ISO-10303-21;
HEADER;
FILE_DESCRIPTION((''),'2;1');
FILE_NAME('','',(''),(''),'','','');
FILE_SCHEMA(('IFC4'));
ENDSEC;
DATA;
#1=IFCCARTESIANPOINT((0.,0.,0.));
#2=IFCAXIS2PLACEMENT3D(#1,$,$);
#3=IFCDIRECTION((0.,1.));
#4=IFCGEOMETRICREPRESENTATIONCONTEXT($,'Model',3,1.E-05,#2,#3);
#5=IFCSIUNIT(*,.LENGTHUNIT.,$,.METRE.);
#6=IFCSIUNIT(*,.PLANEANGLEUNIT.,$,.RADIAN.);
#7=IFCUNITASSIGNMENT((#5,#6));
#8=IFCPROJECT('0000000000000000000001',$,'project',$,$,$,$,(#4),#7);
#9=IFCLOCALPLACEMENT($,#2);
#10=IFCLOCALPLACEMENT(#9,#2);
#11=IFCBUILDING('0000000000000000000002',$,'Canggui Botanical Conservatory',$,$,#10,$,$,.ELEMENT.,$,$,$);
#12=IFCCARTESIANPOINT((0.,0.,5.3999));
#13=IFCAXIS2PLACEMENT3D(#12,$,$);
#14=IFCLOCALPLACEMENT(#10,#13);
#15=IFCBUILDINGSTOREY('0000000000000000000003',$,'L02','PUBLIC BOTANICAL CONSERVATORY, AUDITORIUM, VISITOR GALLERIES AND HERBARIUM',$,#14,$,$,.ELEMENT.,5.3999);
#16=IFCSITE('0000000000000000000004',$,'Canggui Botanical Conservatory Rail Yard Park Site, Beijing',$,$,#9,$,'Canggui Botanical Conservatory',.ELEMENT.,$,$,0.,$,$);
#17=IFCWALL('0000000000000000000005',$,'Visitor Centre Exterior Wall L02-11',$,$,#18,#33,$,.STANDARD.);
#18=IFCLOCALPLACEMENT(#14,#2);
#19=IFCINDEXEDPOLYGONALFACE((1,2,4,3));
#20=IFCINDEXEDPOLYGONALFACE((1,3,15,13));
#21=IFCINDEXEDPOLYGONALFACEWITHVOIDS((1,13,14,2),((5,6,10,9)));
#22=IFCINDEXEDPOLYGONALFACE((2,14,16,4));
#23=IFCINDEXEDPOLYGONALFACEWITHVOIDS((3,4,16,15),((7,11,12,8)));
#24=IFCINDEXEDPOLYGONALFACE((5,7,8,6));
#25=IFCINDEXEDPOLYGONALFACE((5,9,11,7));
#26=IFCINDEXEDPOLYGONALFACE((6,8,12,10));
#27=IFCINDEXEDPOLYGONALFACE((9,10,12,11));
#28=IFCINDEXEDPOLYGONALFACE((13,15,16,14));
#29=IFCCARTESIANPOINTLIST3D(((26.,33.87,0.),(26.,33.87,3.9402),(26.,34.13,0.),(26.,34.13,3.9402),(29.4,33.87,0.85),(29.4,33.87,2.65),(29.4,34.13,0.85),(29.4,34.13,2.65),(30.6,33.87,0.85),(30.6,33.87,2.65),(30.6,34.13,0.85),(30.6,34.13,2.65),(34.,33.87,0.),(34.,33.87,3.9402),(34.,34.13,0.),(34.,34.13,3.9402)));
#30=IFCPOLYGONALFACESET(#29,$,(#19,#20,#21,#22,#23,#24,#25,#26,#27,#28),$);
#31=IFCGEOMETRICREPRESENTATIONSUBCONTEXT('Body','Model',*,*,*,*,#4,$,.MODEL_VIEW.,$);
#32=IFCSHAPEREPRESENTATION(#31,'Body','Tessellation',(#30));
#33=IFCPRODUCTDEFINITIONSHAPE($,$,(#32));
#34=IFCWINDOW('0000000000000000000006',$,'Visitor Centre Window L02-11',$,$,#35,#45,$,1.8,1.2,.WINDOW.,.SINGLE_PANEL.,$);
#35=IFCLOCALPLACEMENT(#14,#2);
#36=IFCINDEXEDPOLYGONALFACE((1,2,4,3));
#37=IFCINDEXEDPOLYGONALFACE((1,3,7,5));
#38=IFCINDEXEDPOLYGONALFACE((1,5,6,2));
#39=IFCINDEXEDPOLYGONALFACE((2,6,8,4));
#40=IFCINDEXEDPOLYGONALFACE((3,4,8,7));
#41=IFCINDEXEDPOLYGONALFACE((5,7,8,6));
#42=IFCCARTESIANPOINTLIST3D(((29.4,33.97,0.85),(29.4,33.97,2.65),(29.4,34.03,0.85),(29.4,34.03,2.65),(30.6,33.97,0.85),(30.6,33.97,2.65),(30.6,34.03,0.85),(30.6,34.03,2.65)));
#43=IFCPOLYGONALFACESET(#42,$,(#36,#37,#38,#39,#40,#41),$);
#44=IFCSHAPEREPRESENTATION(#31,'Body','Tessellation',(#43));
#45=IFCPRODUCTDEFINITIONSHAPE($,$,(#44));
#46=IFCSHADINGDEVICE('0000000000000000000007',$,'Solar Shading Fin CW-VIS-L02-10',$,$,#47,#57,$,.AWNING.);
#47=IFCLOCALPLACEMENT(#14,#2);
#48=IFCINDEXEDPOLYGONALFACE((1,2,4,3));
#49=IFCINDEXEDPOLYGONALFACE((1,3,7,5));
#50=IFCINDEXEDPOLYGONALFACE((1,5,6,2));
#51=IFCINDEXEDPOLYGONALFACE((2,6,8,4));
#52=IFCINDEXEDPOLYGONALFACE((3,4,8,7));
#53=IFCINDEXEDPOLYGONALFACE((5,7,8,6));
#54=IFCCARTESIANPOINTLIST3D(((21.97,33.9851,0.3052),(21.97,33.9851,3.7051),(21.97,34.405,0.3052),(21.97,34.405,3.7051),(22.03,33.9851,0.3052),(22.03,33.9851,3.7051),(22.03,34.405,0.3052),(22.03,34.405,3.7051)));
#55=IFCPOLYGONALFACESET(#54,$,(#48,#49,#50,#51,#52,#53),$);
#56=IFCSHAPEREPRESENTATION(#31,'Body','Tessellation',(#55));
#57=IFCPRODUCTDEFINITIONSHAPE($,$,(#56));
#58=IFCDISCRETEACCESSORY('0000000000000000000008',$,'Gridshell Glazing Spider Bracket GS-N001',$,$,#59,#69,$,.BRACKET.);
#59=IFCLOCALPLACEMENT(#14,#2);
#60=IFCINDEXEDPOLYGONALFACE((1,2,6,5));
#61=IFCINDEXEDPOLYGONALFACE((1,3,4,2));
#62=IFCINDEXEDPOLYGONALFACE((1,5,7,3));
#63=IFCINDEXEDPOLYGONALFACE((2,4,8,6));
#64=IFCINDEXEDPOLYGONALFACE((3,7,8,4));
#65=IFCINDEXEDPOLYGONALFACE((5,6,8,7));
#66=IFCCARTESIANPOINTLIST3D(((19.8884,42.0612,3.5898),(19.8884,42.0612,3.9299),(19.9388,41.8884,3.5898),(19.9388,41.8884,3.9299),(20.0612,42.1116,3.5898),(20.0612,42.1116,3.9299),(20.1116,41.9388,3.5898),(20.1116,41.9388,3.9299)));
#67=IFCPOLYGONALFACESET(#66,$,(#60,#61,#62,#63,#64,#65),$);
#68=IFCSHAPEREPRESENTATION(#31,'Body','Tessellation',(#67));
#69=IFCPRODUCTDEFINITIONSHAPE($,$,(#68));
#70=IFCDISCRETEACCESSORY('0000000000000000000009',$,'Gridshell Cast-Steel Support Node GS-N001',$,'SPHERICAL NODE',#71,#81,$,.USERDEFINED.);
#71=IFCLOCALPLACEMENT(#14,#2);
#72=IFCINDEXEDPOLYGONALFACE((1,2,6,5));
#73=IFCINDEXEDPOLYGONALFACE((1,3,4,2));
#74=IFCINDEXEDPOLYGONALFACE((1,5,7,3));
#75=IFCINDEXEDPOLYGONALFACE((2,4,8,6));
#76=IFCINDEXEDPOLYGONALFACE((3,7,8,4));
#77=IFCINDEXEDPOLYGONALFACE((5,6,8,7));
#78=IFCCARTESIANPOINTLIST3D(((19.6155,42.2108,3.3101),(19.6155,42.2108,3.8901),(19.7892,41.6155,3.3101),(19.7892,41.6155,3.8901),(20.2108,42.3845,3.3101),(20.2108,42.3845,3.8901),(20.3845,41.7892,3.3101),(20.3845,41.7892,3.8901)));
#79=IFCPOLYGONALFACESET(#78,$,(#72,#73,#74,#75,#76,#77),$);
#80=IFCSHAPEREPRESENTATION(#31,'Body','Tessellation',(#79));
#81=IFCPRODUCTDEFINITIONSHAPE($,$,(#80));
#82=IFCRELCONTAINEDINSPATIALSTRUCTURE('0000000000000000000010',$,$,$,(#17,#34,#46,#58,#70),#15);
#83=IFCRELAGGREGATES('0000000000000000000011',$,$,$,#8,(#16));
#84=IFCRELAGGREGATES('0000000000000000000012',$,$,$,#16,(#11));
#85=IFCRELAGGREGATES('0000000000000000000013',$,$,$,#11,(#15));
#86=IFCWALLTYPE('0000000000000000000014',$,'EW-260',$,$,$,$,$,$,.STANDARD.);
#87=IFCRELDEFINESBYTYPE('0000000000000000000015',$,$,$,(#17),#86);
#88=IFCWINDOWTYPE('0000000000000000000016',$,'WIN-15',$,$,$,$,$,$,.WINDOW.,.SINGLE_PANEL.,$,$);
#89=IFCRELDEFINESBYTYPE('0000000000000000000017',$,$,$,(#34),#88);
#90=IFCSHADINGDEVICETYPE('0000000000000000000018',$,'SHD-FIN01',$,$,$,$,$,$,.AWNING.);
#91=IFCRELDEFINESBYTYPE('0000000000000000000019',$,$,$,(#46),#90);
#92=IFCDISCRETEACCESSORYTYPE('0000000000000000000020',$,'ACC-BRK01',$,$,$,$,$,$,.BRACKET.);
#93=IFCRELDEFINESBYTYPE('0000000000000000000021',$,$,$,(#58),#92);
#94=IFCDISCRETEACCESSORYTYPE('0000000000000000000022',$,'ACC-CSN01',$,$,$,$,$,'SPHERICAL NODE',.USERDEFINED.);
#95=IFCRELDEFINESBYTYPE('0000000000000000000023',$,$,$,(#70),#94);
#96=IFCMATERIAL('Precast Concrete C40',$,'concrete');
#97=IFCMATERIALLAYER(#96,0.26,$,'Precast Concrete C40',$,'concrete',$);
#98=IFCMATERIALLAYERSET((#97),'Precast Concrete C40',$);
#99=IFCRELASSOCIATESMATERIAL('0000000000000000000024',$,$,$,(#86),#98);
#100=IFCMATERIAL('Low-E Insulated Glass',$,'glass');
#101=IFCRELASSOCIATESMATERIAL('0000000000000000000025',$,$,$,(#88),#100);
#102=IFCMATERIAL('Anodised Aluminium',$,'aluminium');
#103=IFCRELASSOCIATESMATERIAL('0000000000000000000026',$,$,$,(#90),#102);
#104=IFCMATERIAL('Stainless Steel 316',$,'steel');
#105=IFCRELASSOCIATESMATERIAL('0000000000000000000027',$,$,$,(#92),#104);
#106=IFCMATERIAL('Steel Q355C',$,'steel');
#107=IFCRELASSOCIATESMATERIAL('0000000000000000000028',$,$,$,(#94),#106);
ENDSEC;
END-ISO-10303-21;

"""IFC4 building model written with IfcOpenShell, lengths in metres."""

from ifc_helpers import new_model, si_unit, direction, frame, frame_2d, origin, origin_2d, place, context, subcontext, project, spatial, rectangle, extrude, material, layer, layer_set, type_object, element, fill, save


model = new_model("IFC4")

# Units and contexts
model_context = context("Model", 3, precision=1e-05, world=origin(), true_north=direction((0.0, 1.0)))
body_context = subcontext(model_context, "Body", "Model", "MODEL_VIEW")
ifc_project = project(units=[si_unit("LENGTHUNIT", "METRE"), si_unit("PLANEANGLEUNIT", "RADIAN")], contexts=[model_context])

# Site, building, storey
site_placement = place(None, origin())
site = spatial("IfcSite", under=ifc_project, at=site_placement, Name="Canggui Botanical Conservatory Rail Yard Park Site, Beijing", LongName="Canggui Botanical Conservatory", CompositionType="ELEMENT", RefElevation=0.0)
building_placement = place(site_placement, origin())
building = spatial("IfcBuilding", under=site, at=building_placement, Name="Canggui Botanical Conservatory", CompositionType="ELEMENT")
storey_placement = place(building_placement, frame((0.0, 0.0, 5.3999)))
storey = spatial("IfcBuildingStorey", under=building, at=storey_placement, Name="L02", Description="PUBLIC BOTANICAL CONSERVATORY, AUDITORIUM, VISITOR GALLERIES AND HERBARIUM", CompositionType="ELEMENT", Elevation=5.3999)

# Shared definitions
ifc_material_1 = material(Name="Steel Q355C", Category="steel")

# Shared definitions
ifc_material_2 = material(Name="Low-E Insulated Glass", Category="glass")

# Wall, opening, window
ifc_material_3 = material(Name="Precast Concrete C40", Category="concrete")
ifc_layer_1 = layer(ifc_material_3, 0.26, Name="Precast Concrete C40", Category="concrete")
ifc_layer_set_1 = layer_set([ifc_layer_1], Name="Precast Concrete C40")
wall_type = type_object("IfcWallType", Name="EW-260", PredefinedType="STANDARD", material=ifc_layer_set_1)
wall_placement = place(storey_placement, frame((26.0, 34.0, 0.0), z_axis=(0.0, 0.0, 1.0), x_axis=(1.0, 0.0, 0.0)))
wall = element("IfcWall", 1, at=wall_placement, inside=storey, type_object=wall_type, Name="Visitor Centre Exterior Wall L02-11", PredefinedType="STANDARD", context=body_context, shape_type="SweptSolid", body=[
    extrude(rectangle(XDim=8.0, YDim=0.26, at=frame_2d((4.0, 0.0))), origin(), (0.0, 0.0, 1.0), 3.9402),
])
opening_placement = place(wall_placement, frame((3.3999, 0.0, 0.8501)))
opening = element("IfcOpeningElement", 2, at=opening_placement, cuts=wall, PredefinedType="OPENING", context=body_context, shape_type="SweptSolid", body=[
    extrude(rectangle(XDim=1.2, YDim=1.8, at=frame_2d((0.6001, 0.8999))), frame((0.0, 0.1401, 0.0), z_axis=(0.0, -1.0, 0.0), x_axis=(1.0, 0.0, 0.0)), (0.0, 0.0, 1.0), 0.28),
])
window_type = type_object("IfcWindowType", Name="WIN-15", PartitioningType="SINGLE_PANEL", PredefinedType="WINDOW", material=ifc_material_2)
window_placement = place(opening_placement, origin())
window = element("IfcWindow", 3, at=window_placement, inside=storey, type_object=window_type, Name="Visitor Centre Window L02-11", OverallHeight=1.8, OverallWidth=1.2, PartitioningType="SINGLE_PANEL", PredefinedType="WINDOW", context=body_context, shape_type="SweptSolid", body=[
    extrude(rectangle(XDim=1.2, YDim=1.8, at=frame_2d((0.6001, 0.8999))), frame((0.0, 0.03, 0.0), z_axis=(0.0, -1.0, 0.0), x_axis=(1.0, 0.0, 0.0)), (0.0, 0.0, 1.0), 0.0601),
])
fill(opening, window)

# Shading device
ifc_material_4 = material(Name="Anodised Aluminium", Category="aluminium")
shading_device_type = type_object("IfcShadingDeviceType", Name="SHD-FIN01", PredefinedType="AWNING", material=ifc_material_4)
shading_device_placement = place(storey_placement, frame((22.0, 34.1951, 0.3052), z_axis=(0.0, 0.0, 1.0), x_axis=(1.0, 0.0, 0.0)))
element("IfcShadingDevice", 4, at=shading_device_placement, inside=storey, type_object=shading_device_type, Name="Solar Shading Fin CW-VIS-L02-10", PredefinedType="AWNING", context=body_context, shape_type="SweptSolid", body=[
    extrude(rectangle(XDim=0.0601, YDim=0.4199, at=origin_2d()), origin(), (0.0, 0.0, 1.0), 3.3999),
])

# Discrete accessories
ifc_material_5 = material(Name="Stainless Steel 316", Category="steel")
discrete_accessory_type_1 = type_object("IfcDiscreteAccessoryType", Name="ACC-BRK01", PredefinedType="BRACKET", material=ifc_material_5)
discrete_accessory_1_placement = place(storey_placement, frame((20.0, 42.0, 3.5898), z_axis=(0.0, 0.0, 1.0), x_axis=(0.96, 0.28, 0.0)))
element("IfcDiscreteAccessory", 5, at=discrete_accessory_1_placement, inside=storey, type_object=discrete_accessory_type_1, Name="Gridshell Glazing Spider Bracket GS-N001", PredefinedType="BRACKET", context=body_context, shape_type="SweptSolid", body=[
    extrude(rectangle(XDim=0.1799, YDim=0.1799, at=origin_2d()), origin(), (0.0, 0.0, 1.0), 0.3401),
])
discrete_accessory_type_2 = type_object("IfcDiscreteAccessoryType", Name="ACC-CSN01", ElementType="SPHERICAL NODE", PredefinedType="USERDEFINED", material=ifc_material_1)
discrete_accessory_2_placement = place(storey_placement, frame((20.0, 42.0, 3.3101), z_axis=(0.0, 0.0, 1.0), x_axis=(0.96, 0.28, 0.0)))
element("IfcDiscreteAccessory", 6, at=discrete_accessory_2_placement, inside=storey, type_object=discrete_accessory_type_2, Name="Gridshell Cast-Steel Support Node GS-N001", ObjectType="SPHERICAL NODE", PredefinedType="USERDEFINED", context=body_context, shape_type="SweptSolid", body=[
    extrude(rectangle(XDim=0.6201, YDim=0.6201, at=origin_2d()), origin(), (0.0, 0.0, 1.0), 0.5801),
])

save(model, "model.ifc")
